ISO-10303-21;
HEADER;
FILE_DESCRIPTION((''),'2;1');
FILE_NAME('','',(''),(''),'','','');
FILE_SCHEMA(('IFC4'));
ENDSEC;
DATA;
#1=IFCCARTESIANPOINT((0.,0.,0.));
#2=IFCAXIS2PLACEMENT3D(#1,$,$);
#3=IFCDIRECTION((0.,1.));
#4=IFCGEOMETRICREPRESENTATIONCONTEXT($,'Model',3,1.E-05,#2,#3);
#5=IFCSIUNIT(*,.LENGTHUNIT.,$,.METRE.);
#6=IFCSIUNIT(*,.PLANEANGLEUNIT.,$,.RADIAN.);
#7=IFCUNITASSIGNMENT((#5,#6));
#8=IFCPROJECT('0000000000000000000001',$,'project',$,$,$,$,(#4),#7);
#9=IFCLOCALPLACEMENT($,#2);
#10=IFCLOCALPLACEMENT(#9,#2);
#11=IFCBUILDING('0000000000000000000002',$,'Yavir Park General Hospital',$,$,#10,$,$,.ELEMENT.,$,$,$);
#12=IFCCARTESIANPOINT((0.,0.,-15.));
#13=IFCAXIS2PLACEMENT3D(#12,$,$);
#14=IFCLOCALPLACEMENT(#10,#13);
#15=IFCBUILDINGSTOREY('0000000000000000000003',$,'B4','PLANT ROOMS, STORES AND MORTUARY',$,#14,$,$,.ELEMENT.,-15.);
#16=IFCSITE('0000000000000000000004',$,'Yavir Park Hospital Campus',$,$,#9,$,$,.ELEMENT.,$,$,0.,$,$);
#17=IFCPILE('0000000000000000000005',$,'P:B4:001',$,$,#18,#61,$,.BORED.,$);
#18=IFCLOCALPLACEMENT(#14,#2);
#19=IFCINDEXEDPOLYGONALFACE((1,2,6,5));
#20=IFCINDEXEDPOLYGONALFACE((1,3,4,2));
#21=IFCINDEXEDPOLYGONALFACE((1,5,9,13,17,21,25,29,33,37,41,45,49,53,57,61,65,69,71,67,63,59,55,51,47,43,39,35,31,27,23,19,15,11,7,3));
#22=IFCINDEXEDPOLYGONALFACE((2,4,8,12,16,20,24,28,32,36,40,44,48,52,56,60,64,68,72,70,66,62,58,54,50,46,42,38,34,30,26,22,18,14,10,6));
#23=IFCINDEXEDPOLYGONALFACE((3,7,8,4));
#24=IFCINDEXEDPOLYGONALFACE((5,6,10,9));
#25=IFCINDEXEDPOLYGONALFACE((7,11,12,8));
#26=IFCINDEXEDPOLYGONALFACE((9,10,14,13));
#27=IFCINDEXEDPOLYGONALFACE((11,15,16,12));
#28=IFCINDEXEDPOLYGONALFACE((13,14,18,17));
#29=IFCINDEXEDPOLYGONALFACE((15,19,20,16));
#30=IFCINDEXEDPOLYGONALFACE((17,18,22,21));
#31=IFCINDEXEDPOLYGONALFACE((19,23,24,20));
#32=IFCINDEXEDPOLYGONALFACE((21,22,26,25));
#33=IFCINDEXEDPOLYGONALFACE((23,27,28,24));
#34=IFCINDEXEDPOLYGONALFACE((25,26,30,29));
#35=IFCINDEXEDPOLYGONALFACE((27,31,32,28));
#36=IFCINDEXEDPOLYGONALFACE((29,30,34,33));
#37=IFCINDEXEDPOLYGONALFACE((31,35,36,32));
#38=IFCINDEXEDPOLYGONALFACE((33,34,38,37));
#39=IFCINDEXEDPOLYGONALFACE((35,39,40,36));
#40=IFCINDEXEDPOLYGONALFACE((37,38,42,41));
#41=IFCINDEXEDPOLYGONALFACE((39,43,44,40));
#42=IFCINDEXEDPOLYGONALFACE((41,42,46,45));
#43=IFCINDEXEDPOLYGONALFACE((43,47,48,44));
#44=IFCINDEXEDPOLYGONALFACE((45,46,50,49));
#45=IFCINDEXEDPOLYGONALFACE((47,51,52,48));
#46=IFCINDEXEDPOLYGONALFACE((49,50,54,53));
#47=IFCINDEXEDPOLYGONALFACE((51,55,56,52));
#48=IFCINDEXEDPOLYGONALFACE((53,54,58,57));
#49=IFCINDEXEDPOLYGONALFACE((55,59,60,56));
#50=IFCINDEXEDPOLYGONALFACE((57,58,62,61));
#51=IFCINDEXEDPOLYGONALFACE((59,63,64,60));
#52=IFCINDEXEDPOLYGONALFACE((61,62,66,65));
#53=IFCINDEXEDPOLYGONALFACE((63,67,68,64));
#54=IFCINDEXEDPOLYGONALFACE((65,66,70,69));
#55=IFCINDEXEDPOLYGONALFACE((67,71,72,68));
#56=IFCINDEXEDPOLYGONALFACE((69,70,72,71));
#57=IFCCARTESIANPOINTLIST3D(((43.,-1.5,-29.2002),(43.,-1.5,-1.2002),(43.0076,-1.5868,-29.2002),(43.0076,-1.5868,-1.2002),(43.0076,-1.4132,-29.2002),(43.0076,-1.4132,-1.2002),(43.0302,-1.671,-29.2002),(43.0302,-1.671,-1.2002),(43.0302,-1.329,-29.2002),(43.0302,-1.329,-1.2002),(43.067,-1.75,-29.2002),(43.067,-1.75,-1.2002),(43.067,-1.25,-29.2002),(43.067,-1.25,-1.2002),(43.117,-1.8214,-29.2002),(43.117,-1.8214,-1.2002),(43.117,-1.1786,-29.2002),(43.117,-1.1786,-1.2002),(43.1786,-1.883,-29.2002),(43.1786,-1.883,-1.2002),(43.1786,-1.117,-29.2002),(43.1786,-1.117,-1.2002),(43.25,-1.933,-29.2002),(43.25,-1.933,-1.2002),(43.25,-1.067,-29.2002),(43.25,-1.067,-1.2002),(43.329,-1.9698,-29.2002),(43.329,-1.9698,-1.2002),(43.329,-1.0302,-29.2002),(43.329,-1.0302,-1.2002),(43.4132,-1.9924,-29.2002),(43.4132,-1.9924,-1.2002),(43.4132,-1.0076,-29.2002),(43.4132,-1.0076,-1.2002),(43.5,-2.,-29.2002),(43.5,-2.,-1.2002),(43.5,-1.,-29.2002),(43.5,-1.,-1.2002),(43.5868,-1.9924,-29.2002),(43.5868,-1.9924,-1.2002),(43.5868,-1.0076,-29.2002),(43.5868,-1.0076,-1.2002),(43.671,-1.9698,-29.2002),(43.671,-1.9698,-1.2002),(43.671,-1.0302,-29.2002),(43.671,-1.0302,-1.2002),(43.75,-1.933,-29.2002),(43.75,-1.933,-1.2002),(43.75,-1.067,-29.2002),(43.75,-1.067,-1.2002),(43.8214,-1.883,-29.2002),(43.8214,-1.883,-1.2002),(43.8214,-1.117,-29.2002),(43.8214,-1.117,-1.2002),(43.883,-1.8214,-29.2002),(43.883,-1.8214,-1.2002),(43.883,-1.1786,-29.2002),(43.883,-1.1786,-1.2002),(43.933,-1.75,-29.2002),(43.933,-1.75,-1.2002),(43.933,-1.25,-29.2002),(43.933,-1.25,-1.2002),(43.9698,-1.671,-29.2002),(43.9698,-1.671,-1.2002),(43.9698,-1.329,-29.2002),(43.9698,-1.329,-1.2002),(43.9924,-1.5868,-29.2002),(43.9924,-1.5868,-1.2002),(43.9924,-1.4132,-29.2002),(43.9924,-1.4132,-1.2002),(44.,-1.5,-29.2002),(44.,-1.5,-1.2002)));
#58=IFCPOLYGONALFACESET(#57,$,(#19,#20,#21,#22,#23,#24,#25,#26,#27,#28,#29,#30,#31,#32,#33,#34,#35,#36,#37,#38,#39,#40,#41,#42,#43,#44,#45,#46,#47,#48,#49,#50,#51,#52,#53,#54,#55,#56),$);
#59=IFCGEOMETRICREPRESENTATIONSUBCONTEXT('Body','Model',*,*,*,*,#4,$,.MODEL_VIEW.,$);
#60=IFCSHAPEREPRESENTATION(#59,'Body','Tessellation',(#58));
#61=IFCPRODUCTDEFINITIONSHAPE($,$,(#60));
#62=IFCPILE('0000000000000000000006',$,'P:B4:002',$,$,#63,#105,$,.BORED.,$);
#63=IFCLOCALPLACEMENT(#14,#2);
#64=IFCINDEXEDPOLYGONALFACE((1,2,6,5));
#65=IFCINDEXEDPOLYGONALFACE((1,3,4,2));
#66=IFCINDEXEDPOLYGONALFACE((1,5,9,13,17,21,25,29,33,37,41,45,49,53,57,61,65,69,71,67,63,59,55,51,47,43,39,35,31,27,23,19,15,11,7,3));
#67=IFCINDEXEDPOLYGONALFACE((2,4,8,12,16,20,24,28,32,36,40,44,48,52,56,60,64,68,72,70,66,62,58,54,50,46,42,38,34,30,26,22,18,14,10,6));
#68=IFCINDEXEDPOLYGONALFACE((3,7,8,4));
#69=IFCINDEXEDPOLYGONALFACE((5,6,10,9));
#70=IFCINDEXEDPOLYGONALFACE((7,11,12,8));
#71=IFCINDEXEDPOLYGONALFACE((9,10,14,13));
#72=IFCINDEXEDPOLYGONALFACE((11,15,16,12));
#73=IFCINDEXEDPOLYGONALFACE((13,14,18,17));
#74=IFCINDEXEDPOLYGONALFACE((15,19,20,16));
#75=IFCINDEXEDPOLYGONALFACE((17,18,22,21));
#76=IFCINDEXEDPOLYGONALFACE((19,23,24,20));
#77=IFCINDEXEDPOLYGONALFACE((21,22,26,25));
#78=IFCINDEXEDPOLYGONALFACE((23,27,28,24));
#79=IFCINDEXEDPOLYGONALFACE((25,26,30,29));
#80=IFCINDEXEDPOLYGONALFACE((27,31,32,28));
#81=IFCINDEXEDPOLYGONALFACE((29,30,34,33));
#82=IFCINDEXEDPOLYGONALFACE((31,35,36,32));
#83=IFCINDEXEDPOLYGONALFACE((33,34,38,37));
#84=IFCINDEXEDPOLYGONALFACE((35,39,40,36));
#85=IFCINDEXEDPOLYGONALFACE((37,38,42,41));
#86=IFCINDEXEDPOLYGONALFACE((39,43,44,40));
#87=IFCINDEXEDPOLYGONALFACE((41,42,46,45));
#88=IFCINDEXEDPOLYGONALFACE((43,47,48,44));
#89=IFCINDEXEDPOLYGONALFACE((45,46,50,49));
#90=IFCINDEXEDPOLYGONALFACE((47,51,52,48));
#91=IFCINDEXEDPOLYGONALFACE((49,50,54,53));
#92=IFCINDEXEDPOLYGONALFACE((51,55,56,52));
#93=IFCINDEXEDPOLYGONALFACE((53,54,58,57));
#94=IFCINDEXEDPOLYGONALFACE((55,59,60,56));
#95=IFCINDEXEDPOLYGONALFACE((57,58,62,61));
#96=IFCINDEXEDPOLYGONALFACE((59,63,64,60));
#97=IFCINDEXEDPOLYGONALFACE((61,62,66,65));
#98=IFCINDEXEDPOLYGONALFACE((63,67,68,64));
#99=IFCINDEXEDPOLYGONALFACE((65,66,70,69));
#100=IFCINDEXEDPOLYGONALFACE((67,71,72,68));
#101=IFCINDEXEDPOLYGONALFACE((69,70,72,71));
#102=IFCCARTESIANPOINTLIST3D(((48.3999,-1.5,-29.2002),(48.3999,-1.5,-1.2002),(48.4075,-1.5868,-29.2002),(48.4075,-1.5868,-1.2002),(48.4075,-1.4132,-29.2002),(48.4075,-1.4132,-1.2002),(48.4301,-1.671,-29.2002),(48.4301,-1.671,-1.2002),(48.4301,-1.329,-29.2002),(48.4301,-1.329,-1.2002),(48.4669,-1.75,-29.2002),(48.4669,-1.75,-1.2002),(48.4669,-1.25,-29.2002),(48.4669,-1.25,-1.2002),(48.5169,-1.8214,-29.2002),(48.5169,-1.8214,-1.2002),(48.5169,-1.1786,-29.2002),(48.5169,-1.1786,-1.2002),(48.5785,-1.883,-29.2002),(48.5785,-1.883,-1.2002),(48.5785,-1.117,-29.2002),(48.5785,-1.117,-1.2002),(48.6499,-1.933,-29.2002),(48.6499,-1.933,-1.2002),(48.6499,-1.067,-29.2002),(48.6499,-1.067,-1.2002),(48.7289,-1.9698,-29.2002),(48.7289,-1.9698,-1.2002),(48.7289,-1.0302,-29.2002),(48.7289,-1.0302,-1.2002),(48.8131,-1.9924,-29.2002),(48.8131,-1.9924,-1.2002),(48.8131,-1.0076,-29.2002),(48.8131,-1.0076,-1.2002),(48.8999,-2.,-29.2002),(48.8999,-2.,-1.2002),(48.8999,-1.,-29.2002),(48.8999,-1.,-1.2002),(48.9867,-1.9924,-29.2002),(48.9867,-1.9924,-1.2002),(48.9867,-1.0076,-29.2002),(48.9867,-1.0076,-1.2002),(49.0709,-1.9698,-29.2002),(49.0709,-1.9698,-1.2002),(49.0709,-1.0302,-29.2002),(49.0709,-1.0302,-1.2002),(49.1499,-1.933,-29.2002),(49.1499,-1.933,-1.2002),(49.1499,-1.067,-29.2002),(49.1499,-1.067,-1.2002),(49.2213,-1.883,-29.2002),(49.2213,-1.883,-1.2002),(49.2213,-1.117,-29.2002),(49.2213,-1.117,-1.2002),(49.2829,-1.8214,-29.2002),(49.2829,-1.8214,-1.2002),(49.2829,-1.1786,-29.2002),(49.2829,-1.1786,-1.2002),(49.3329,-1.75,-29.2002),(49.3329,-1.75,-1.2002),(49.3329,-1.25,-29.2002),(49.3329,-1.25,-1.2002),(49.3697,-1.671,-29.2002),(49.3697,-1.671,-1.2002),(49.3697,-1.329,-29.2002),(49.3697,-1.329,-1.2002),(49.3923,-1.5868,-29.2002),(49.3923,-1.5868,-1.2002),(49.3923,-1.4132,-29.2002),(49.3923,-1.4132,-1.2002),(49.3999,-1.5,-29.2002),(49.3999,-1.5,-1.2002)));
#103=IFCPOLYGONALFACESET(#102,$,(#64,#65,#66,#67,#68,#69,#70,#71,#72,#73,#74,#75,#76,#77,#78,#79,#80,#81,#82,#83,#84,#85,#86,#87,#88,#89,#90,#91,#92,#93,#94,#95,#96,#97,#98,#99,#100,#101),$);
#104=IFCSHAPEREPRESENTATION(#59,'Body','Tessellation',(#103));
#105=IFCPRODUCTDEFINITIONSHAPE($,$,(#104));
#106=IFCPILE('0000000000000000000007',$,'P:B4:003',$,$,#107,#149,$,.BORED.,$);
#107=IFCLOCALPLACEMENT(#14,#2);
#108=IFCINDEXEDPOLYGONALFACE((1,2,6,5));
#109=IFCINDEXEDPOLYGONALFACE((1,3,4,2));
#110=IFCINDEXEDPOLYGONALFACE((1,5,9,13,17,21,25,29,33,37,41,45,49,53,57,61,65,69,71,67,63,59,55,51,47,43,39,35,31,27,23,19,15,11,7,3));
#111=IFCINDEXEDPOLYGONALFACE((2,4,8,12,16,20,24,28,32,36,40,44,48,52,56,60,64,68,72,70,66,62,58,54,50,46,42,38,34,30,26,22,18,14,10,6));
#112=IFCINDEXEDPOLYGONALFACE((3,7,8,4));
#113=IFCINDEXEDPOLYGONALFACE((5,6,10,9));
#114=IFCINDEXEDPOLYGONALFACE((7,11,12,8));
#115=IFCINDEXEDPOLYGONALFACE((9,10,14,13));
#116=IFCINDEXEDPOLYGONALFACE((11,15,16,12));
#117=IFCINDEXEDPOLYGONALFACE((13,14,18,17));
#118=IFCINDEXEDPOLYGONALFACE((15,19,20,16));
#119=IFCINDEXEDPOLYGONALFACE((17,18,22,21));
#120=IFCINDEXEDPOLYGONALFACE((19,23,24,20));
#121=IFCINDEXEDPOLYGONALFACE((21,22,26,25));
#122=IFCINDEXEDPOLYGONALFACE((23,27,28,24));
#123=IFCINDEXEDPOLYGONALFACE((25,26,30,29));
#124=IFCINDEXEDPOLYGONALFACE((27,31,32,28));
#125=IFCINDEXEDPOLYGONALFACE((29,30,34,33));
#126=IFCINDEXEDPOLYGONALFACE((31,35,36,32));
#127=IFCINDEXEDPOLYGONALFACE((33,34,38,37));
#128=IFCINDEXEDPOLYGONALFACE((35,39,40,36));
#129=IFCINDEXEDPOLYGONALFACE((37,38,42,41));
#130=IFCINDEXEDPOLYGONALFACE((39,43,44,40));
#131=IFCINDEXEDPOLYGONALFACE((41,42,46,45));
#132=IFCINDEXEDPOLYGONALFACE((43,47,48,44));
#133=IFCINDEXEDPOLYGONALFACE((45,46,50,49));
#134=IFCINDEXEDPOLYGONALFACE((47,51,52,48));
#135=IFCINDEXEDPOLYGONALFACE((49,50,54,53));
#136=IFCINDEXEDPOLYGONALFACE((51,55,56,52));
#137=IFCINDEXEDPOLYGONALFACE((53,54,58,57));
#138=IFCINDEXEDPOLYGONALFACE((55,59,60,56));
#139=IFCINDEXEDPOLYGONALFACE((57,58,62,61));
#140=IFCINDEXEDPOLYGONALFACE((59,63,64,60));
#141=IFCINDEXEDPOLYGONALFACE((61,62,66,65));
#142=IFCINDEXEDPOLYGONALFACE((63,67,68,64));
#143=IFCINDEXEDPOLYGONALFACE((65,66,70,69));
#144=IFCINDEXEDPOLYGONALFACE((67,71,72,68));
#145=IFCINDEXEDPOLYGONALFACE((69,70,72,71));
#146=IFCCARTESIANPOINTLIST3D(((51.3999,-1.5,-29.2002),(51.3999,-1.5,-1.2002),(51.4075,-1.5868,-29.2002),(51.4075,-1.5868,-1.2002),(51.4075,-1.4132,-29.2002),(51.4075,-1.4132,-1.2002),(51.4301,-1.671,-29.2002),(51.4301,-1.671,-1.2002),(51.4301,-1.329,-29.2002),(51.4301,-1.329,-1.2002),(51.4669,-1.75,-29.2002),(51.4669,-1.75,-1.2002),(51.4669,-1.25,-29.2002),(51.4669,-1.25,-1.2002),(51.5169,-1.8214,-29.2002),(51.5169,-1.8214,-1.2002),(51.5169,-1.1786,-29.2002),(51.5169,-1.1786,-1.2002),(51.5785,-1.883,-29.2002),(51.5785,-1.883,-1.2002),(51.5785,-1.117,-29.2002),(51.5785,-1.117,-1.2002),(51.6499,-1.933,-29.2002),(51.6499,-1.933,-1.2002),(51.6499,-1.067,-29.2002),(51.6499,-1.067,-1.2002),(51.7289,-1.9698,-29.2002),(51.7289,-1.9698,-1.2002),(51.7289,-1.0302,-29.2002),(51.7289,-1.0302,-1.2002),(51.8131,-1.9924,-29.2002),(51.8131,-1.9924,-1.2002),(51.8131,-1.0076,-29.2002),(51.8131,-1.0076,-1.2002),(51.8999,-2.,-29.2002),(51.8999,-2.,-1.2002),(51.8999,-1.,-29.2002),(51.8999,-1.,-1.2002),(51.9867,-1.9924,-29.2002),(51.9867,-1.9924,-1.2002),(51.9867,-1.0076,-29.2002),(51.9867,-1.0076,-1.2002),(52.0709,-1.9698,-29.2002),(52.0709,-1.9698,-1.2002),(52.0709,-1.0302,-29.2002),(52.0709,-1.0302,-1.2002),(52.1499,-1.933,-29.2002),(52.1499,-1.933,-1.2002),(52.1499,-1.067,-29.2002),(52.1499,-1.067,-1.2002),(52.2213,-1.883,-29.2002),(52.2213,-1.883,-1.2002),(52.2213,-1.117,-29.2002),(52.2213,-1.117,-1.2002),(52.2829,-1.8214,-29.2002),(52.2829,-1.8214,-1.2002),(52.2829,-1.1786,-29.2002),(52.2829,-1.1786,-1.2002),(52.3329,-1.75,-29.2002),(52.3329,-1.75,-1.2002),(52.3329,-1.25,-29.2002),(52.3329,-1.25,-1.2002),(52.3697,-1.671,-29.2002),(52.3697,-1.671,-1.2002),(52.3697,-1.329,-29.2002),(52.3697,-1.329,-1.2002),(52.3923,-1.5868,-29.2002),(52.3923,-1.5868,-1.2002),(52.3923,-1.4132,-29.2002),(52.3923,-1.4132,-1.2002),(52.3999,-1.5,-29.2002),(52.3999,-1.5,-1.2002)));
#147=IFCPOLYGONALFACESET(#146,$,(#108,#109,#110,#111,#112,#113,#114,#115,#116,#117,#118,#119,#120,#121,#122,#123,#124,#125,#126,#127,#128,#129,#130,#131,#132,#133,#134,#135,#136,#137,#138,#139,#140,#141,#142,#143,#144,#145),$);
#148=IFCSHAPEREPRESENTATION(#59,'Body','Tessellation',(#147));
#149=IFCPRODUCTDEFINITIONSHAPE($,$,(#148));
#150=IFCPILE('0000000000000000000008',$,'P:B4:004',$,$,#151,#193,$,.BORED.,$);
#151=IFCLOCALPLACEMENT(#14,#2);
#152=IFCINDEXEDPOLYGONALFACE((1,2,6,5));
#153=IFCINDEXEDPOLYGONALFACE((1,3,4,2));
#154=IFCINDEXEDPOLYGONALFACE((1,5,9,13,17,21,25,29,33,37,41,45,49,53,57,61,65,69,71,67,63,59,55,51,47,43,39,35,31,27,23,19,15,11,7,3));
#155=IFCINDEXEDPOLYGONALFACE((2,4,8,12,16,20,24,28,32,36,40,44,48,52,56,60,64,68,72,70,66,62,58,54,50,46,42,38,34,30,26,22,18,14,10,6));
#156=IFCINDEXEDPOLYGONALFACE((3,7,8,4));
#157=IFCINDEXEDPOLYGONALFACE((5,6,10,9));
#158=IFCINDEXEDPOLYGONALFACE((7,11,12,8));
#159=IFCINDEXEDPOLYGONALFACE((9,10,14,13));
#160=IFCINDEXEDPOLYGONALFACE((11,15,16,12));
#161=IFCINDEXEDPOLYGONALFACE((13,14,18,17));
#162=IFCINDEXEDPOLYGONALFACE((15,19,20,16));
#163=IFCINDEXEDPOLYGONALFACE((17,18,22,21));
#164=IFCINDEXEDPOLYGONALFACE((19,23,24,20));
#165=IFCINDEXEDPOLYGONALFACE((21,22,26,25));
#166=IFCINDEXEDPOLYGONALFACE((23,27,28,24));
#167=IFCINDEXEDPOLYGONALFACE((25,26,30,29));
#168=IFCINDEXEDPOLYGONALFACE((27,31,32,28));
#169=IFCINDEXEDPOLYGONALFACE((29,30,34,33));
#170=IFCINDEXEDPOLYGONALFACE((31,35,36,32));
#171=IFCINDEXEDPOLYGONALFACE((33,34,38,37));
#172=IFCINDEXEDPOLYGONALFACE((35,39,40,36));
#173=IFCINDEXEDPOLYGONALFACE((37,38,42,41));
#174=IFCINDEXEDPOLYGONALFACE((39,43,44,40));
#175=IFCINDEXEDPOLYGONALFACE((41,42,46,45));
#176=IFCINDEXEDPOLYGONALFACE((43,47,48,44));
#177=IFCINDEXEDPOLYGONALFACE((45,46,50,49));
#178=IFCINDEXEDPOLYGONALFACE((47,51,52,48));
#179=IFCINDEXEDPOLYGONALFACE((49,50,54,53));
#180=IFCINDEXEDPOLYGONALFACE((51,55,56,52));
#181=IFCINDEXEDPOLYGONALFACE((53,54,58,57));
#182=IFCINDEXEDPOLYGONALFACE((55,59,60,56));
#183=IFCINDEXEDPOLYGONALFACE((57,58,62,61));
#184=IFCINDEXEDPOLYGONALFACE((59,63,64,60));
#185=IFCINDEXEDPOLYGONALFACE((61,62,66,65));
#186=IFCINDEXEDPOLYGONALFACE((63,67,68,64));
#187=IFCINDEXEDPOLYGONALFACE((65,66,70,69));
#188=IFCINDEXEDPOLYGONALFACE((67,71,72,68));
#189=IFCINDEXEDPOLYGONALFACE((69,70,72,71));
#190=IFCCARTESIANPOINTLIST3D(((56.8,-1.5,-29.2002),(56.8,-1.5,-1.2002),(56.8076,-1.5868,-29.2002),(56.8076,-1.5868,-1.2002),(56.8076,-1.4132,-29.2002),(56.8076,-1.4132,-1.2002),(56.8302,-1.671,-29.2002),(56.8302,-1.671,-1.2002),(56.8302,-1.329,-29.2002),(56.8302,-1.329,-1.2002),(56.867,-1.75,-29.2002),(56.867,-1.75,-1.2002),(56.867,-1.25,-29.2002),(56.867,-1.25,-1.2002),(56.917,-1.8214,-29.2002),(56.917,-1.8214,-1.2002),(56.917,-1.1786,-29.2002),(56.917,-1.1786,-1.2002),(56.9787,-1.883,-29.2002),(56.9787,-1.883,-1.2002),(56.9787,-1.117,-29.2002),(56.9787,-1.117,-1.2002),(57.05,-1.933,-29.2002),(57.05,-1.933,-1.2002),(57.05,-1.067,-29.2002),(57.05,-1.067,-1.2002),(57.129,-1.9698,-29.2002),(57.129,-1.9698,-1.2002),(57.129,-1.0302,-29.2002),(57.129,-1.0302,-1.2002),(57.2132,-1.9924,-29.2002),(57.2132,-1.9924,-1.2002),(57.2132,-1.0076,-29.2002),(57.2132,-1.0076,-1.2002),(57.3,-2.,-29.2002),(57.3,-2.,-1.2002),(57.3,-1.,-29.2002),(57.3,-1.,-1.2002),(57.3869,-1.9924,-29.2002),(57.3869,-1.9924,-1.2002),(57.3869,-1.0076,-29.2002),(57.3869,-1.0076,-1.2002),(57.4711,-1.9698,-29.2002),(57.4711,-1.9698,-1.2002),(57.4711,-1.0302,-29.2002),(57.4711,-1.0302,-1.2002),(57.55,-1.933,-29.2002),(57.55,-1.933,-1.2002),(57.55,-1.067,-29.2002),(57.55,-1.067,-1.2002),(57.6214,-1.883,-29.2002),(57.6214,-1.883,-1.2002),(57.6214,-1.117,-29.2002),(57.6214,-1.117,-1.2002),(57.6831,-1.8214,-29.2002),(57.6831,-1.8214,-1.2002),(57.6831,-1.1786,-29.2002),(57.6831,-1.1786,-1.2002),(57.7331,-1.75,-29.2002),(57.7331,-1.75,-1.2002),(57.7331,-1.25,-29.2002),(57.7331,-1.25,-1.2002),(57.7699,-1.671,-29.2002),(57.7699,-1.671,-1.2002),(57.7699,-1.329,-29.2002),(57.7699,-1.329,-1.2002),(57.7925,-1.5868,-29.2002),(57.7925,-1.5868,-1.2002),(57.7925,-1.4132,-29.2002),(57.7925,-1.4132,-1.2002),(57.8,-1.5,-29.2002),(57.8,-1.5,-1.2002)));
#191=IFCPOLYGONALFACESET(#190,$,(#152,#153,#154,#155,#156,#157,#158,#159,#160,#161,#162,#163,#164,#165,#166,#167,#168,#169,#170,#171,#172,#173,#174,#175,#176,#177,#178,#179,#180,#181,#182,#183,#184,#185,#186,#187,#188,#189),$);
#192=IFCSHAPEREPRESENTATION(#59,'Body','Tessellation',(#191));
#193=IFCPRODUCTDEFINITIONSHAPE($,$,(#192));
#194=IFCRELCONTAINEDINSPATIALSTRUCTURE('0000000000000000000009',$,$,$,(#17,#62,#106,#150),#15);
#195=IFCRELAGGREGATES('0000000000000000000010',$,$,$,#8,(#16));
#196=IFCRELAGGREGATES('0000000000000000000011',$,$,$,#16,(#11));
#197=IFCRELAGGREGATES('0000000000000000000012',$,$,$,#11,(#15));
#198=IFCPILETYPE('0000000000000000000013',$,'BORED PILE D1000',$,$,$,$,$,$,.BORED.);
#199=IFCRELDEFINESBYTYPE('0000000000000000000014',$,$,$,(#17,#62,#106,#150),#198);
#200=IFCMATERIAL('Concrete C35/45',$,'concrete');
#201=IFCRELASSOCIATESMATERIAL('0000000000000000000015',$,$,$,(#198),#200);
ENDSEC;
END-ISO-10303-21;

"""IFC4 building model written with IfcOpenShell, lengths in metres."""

from ifc_helpers import new_model, si_unit, direction, frame, origin, origin_2d, place, context, subcontext, project, spatial, circle, extrude, material, material_profile, profile_set, type_object, element, save


model = new_model("IFC4")

# Units and contexts
model_context = context("Model", 3, precision=1e-05, world=origin(), true_north=direction((0.0, 1.0)))
body_context = subcontext(model_context, "Body", "Model", "MODEL_VIEW")
ifc_project = project(units=[si_unit("LENGTHUNIT", "METRE"), si_unit("PLANEANGLEUNIT", "RADIAN")], contexts=[model_context])

# Site, building, storey
site_placement = place(None, origin())
site = spatial("IfcSite", under=ifc_project, at=site_placement, Name="Yavir Park Hospital Campus", CompositionType="ELEMENT", RefElevation=0.0)
building_placement = place(site_placement, origin())
building = spatial("IfcBuilding", under=site, at=building_placement, Name="Yavir Park General Hospital", CompositionType="ELEMENT")
storey_placement = place(building_placement, frame((0.0, 0.0, -15.0)))
storey = spatial("IfcBuildingStorey", under=building, at=storey_placement, Name="B4", Description="PLANT ROOMS, STORES AND MORTUARY", CompositionType="ELEMENT", Elevation=-15.0)

# Piles
ifc_material_1 = material(Name="Concrete C35/45", Category="concrete")
ifc_material_profile_1 = material_profile(ifc_material_1, circle(Radius=0.5, at=origin_2d()), Name="D1000")
ifc_profile_set_1 = profile_set([ifc_material_profile_1], Name="Concrete C35/45")
pile_type_1 = type_object("IfcPileType", Name="BORED PILE D1000", PredefinedType="BORED", material=ifc_profile_set_1)
for number, where, z_axis, x_axis, name in (
    (1, (43.5, -1.5, -1.2002), (0.0, 0.0, -1.0), (1.0, 0.0, 0.0), "P:B4:001"),
    (2, (48.8999, -1.5, -1.2002), (0.0, 0.0, -1.0), (1.0, 0.0, 0.0), "P:B4:002"),
    (3, (51.8999, -1.5, -1.2002), (0.0, 0.0, -1.0), (1.0, 0.0, 0.0), "P:B4:003"),
    (4, (57.3, -1.5, -1.2002), (0.0, 0.0, -1.0), (1.0, 0.0, 0.0), "P:B4:004"),
):
    element("IfcPile", number, at=place(storey_placement, frame(where, z_axis=z_axis, x_axis=x_axis)), inside=storey, type_object=pile_type_1, Name=name, PredefinedType="BORED", context=body_context, shape_type="SweptSolid", body=[
        extrude(circle(Radius=0.5, at=origin_2d()), origin(), (0.0, 0.0, 1.0), 28.0),
    ])

save(model, "model.ifc")
